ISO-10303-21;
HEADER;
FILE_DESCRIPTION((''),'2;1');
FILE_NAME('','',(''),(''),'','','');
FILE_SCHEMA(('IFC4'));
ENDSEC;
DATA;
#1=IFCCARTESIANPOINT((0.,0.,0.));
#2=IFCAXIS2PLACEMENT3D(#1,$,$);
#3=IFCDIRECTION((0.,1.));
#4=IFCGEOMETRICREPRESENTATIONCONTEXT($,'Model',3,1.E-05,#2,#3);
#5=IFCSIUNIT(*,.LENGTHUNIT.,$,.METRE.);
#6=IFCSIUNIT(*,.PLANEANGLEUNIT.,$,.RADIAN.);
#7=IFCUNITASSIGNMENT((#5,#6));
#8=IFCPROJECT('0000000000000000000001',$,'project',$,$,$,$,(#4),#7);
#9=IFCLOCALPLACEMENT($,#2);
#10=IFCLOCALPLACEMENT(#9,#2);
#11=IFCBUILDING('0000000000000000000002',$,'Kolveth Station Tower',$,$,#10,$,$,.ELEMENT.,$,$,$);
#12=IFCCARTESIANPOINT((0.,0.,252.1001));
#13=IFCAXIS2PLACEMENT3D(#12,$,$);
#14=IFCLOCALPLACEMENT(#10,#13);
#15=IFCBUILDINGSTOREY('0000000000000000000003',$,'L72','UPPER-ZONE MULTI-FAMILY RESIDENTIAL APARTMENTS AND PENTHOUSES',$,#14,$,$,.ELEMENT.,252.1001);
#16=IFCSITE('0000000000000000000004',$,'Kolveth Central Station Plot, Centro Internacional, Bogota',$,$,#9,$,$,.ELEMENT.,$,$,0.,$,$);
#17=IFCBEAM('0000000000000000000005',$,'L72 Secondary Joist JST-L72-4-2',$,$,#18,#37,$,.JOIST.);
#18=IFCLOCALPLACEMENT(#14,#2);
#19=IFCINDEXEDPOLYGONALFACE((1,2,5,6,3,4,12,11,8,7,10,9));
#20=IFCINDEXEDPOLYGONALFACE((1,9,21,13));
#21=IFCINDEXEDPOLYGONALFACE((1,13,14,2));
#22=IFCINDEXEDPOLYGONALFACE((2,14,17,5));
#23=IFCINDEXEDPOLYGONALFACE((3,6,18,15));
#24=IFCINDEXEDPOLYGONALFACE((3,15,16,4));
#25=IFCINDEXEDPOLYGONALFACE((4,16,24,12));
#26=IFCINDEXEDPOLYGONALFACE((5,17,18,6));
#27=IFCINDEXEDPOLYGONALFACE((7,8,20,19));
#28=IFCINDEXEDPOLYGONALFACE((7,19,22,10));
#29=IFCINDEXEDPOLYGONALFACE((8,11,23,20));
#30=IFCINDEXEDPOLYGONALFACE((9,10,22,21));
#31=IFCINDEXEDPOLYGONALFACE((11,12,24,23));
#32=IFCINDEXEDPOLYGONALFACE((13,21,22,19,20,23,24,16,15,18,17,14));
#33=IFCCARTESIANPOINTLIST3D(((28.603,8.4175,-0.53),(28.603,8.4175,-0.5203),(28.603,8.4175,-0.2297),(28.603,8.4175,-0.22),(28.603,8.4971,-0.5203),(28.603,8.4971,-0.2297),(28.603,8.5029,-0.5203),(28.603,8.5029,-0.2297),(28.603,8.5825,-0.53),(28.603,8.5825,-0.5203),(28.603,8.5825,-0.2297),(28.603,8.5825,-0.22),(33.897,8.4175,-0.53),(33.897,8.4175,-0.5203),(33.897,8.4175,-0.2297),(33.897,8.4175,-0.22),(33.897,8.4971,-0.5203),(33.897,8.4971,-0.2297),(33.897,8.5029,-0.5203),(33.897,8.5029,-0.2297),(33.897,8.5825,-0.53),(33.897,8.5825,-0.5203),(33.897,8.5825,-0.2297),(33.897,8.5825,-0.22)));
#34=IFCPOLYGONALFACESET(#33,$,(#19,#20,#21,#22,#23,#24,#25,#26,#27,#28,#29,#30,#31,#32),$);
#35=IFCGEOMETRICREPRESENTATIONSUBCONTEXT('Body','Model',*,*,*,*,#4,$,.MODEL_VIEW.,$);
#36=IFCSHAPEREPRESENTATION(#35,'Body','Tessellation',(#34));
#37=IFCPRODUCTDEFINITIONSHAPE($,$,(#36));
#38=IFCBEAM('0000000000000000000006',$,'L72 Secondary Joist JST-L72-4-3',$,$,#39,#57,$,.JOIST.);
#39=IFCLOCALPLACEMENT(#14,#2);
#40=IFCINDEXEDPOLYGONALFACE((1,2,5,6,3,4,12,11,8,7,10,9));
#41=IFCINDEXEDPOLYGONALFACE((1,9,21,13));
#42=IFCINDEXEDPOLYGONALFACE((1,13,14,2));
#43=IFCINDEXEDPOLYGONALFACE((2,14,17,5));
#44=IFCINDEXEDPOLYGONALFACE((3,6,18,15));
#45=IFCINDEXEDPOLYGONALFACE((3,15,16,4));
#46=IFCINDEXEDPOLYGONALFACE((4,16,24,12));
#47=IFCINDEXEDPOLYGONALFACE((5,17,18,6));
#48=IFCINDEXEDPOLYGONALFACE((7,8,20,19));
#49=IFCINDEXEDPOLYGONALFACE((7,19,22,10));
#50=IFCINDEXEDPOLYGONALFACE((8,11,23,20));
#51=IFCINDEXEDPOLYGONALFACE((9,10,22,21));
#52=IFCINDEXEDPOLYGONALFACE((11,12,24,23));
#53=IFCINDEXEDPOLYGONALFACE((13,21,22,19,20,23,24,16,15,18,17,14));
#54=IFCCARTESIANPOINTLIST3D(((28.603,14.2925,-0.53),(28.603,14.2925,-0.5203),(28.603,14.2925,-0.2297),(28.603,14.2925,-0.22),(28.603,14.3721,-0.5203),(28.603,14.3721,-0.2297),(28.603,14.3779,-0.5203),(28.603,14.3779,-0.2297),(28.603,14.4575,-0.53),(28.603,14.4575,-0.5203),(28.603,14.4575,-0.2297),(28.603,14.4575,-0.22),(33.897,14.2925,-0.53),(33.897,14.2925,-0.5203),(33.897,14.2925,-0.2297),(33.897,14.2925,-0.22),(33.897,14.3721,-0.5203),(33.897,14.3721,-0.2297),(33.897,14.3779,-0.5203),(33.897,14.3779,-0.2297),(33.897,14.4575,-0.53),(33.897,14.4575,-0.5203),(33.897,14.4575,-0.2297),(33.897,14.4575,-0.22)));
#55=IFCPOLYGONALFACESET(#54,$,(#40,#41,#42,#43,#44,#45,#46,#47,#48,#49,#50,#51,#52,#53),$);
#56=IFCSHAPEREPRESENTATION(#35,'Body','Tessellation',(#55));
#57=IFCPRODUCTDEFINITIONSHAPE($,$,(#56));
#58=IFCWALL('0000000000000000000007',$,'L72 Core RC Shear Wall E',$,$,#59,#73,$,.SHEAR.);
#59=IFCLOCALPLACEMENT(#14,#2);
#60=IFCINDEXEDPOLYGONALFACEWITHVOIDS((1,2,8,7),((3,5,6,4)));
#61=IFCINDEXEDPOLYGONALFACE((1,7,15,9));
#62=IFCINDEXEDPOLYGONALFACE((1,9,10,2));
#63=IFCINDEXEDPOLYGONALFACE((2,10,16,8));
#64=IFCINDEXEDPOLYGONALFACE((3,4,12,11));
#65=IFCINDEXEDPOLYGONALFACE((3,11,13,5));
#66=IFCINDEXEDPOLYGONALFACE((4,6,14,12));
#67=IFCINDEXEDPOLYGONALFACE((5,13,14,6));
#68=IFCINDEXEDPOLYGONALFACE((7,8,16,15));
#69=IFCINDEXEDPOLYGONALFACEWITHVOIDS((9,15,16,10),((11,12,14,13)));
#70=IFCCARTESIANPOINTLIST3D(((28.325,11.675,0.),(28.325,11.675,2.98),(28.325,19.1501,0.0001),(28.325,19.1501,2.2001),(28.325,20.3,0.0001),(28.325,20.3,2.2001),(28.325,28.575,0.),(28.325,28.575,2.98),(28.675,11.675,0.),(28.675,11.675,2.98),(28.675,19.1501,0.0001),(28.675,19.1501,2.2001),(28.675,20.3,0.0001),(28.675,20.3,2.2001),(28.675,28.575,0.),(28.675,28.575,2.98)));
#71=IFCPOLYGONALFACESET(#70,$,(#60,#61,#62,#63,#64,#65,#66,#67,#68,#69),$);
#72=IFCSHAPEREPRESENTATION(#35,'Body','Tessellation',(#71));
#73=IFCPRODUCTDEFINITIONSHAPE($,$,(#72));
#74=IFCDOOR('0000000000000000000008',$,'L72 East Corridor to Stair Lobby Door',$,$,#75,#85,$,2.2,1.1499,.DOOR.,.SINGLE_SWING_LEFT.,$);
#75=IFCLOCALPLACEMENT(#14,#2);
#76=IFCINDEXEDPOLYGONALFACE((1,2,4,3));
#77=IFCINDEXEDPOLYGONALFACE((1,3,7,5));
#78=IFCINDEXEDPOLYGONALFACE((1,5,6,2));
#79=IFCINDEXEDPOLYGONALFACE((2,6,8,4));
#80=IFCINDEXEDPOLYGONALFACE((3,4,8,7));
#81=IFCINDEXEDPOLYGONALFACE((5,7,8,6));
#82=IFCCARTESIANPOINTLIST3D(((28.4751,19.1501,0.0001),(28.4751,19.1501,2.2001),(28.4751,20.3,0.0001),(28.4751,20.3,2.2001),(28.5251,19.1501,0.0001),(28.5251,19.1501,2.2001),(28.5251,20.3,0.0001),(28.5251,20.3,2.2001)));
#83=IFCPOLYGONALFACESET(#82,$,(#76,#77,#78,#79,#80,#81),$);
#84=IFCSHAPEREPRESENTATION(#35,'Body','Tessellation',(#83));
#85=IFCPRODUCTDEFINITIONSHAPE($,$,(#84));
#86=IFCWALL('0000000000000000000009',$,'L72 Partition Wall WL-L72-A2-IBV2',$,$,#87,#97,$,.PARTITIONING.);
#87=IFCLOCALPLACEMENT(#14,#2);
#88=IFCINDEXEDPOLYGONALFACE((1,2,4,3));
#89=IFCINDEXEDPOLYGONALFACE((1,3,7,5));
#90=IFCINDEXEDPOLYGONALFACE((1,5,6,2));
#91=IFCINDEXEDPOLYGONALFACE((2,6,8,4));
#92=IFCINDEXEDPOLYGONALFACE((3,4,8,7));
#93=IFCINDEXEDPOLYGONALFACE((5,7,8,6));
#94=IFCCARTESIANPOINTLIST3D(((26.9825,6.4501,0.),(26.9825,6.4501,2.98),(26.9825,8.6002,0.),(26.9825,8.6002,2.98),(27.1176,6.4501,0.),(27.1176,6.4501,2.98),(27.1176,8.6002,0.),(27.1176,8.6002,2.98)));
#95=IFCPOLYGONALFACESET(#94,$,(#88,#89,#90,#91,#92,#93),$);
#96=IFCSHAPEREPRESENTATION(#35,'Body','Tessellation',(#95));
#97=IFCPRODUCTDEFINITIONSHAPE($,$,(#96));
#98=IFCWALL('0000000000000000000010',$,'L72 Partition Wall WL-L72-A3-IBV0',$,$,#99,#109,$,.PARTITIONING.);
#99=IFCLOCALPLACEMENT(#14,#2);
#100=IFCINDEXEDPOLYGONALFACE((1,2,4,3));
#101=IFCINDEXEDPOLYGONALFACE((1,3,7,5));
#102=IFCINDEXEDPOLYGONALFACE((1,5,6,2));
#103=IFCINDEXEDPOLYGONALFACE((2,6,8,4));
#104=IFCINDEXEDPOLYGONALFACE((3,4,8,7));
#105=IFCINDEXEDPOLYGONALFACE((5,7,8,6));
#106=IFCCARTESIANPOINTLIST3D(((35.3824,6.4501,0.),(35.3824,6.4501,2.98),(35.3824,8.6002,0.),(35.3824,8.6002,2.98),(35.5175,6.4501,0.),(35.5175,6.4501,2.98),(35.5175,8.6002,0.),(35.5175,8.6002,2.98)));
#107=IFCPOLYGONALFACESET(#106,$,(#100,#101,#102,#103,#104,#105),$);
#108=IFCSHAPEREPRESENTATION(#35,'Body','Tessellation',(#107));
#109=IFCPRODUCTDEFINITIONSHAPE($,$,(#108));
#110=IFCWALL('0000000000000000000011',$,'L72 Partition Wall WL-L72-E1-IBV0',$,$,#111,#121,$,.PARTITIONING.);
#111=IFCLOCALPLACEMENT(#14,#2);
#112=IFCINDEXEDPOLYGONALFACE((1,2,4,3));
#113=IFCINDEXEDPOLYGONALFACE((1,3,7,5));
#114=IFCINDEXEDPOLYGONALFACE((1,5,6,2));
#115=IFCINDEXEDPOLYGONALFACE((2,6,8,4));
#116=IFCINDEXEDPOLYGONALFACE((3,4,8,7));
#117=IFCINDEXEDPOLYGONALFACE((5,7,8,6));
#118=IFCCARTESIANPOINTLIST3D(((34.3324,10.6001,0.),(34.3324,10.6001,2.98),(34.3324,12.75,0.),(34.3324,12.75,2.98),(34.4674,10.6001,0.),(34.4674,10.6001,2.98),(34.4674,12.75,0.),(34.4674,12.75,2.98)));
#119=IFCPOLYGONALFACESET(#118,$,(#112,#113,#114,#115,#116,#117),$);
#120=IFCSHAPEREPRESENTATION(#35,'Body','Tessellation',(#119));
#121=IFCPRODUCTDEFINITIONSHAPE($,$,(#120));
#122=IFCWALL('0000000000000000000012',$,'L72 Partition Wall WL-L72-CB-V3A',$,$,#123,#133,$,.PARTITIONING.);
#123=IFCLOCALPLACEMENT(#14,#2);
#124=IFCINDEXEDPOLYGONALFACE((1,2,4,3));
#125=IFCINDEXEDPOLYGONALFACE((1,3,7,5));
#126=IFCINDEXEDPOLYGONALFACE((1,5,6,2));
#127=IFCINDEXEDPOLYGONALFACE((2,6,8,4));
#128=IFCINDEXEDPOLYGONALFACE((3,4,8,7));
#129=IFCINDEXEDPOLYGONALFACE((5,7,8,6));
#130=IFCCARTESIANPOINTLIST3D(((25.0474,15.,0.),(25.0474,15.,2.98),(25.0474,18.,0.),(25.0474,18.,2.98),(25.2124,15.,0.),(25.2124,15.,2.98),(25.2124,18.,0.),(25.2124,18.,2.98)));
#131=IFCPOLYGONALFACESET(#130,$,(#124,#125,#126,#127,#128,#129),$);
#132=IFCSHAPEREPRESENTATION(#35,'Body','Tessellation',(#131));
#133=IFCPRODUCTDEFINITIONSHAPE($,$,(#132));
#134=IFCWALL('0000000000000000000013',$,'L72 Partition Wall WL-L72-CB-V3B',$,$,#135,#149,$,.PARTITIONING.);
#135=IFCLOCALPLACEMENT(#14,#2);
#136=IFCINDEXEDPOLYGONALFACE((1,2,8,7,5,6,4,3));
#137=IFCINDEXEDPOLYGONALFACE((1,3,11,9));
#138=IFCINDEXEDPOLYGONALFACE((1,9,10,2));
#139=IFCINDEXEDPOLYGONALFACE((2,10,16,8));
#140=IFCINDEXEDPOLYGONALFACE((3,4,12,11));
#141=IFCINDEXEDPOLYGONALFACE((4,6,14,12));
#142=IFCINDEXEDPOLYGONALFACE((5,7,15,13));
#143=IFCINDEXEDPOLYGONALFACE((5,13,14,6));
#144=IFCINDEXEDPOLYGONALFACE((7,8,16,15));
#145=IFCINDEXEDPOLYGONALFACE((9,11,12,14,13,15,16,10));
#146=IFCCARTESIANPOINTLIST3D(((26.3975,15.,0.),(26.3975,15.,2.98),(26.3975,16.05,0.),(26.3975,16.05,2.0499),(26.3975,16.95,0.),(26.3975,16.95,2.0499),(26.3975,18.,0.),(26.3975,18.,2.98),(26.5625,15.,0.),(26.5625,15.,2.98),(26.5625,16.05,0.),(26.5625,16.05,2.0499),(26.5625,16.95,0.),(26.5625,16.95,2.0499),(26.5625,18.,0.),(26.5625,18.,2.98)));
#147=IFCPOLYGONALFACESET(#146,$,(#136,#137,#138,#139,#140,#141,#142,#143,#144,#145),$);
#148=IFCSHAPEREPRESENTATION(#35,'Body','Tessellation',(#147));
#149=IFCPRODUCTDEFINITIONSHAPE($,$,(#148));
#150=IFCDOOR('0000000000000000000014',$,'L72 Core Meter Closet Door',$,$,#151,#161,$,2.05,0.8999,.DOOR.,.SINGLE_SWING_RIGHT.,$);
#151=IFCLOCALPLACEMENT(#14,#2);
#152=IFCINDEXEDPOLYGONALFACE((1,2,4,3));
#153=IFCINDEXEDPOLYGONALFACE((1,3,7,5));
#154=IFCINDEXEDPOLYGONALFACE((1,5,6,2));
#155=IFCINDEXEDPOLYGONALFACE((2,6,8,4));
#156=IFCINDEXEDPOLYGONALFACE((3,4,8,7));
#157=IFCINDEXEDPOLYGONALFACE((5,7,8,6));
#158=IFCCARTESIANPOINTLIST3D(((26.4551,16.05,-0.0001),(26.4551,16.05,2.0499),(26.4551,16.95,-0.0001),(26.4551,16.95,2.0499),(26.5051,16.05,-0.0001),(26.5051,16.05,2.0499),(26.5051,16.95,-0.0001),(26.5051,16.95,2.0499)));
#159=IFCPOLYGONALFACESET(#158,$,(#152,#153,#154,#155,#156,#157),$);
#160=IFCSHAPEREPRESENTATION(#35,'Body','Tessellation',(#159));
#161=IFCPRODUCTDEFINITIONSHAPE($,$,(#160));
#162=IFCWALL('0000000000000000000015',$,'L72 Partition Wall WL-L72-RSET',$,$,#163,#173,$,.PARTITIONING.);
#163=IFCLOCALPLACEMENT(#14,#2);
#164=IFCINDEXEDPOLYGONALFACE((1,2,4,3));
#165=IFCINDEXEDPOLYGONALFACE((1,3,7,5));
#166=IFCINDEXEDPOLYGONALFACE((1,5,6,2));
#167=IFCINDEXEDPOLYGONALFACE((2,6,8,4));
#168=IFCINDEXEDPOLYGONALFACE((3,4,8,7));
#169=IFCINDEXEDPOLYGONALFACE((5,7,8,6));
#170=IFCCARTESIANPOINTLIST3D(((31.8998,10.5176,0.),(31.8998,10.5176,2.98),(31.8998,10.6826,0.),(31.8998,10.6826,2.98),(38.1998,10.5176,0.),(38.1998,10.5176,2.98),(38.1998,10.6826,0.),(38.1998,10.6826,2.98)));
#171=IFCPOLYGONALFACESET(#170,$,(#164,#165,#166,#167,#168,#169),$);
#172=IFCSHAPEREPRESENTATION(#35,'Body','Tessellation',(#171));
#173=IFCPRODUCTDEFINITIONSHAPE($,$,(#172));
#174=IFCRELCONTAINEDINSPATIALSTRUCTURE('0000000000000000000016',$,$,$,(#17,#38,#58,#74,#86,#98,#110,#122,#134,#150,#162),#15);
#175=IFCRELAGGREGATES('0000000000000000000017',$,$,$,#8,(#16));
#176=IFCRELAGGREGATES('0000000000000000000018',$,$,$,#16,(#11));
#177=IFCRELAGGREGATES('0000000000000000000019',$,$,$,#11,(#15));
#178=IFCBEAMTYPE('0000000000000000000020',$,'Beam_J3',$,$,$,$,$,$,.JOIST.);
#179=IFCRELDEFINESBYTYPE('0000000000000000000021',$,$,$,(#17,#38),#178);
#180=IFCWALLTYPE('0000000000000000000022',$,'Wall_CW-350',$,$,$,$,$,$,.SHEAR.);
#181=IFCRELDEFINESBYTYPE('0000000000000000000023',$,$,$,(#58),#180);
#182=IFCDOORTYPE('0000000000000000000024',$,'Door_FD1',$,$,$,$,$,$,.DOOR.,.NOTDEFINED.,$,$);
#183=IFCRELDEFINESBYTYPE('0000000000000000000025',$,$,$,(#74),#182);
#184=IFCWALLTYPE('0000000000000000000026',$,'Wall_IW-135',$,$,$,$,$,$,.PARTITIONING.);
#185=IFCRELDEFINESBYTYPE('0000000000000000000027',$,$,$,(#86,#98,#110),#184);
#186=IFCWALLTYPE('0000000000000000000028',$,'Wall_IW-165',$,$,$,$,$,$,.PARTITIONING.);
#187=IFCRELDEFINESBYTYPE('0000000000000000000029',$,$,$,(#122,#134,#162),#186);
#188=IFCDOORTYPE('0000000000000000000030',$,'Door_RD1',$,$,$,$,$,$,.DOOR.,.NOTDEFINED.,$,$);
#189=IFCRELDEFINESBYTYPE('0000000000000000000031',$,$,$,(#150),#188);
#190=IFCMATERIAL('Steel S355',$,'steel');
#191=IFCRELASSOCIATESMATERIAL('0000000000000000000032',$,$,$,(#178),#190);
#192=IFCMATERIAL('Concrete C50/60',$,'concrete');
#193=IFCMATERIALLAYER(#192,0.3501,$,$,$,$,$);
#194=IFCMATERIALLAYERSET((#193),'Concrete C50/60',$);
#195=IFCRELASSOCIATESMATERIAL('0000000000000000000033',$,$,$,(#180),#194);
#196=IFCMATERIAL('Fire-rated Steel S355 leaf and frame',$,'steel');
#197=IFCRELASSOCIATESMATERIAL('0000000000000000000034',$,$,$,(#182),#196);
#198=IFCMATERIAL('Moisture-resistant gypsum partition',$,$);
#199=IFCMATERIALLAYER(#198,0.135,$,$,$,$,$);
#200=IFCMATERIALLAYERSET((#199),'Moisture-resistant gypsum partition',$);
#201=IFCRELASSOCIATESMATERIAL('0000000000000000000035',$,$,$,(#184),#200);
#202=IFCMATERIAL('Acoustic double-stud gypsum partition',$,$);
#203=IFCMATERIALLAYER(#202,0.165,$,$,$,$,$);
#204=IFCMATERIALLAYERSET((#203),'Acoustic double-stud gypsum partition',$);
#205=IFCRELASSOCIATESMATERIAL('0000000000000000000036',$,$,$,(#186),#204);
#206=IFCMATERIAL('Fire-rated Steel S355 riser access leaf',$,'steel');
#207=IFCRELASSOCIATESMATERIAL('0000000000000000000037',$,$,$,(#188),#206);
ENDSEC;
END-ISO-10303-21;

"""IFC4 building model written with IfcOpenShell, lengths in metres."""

from ifc_helpers import new_model, si_unit, direction, frame, frame_2d, origin, origin_2d, place, context, subcontext, project, spatial, rectangle, i_section, extrude, source, transform, mapped, material, layer, layer_set, material_profile, profile_set, type_object, element, fill, save


model = new_model("IFC4")

# Units and contexts
model_context = context("Model", 3, precision=1e-05, world=origin(), true_north=direction((0.0, 1.0)))
body_context = subcontext(model_context, "Body", "Model", "MODEL_VIEW")
ifc_project = project(units=[si_unit("LENGTHUNIT", "METRE"), si_unit("PLANEANGLEUNIT", "RADIAN")], contexts=[model_context])

# Site, building, storey
site_placement = place(None, origin())
site = spatial("IfcSite", under=ifc_project, at=site_placement, Name="Kolveth Central Station Plot, Centro Internacional, Bogota", CompositionType="ELEMENT", RefElevation=0.0)
building_placement = place(site_placement, origin())
building = spatial("IfcBuilding", under=site, at=building_placement, Name="Kolveth Station Tower", CompositionType="ELEMENT")
storey_placement = place(building_placement, frame((0.0, 0.0, 252.1001)))
storey = spatial("IfcBuildingStorey", under=building, at=storey_placement, Name="L72", Description="UPPER-ZONE MULTI-FAMILY RESIDENTIAL APARTMENTS AND PENTHOUSES", CompositionType="ELEMENT", Elevation=252.1001)

# Shared definitions
ifc_material_1 = material(Name="Steel S355", Category="steel")

# Beams
ifc_material_profile_1 = material_profile(ifc_material_1, i_section(OverallWidth=0.165, OverallDepth=0.3101, WebThickness=0.0059, FlangeThickness=0.0098, at=origin_2d()), Name="W310x39")
ifc_profile_set_1 = profile_set([ifc_material_profile_1], Name="Steel S355")
beam_type_1 = type_object("IfcBeamType", Name="Beam_J3", PredefinedType="JOIST", material=ifc_profile_set_1)
shared_shape_1 = source(origin(), body_context, "Body", "SweptSolid", [
    extrude(i_section(OverallWidth=0.165, OverallDepth=0.3101, WebThickness=0.0059, FlangeThickness=0.0098, at=origin_2d()), origin(), (0.0, 0.0, 1.0), 5.2939),
])
for number, where, z_axis, x_axis, name in (
    (1, (28.603, 8.5, -0.375), (1.0, 0.0, 0.0), (0.0, 1.0, 0.0), "L72 Secondary Joist JST-L72-4-2"),
    (2, (28.603, 14.375, -0.375), (1.0, 0.0, 0.0), (0.0, 1.0, 0.0), "L72 Secondary Joist JST-L72-4-3"),
):
    element("IfcBeam", number, at=place(storey_placement, frame(where, z_axis=z_axis, x_axis=x_axis)), inside=storey, type_object=beam_type_1, Name=name, PredefinedType="JOIST", context=body_context, shape_type="MappedRepresentation", body=[
        mapped(shared_shape_1, transform((0.0, 0.0, 0.0), x_axis=(1.0, 0.0, 0.0), y_axis=(0.0, 1.0, 0.0), z_axis=(0.0, 0.0, 1.0), scale=1.0)),
    ])

# Wall, opening, door
ifc_material_2 = material(Name="Concrete C50/60", Category="concrete")
ifc_layer_1 = layer(ifc_material_2, 0.3501)
ifc_layer_set_1 = layer_set([ifc_layer_1], Name="Concrete C50/60")
wall_type_1 = type_object("IfcWallType", Name="Wall_CW-350", PredefinedType="SHEAR", material=ifc_layer_set_1)
wall_1_placement = place(storey_placement, frame((28.5, 11.675, 0.0), z_axis=(0.0, 0.0, 1.0), x_axis=(0.0, 1.0, 0.0)))
wall_1 = element("IfcWall", 3, at=wall_1_placement, inside=storey, type_object=wall_type_1, Name="L72 Core RC Shear Wall E", PredefinedType="SHEAR", context=body_context, shape_type="SweptSolid", body=[
    extrude(rectangle(XDim=16.8999, YDim=0.3501, at=frame_2d((8.45, 0.0))), origin(), (0.0, 0.0, 1.0), 2.98),
])
opening_1_placement = place(wall_1_placement, frame((7.4751, 0.0, 0.0)))
opening_1 = element("IfcOpeningElement", 4, at=opening_1_placement, cuts=wall_1, PredefinedType="OPENING", context=body_context, shape_type="SweptSolid", body=[
    extrude(rectangle(XDim=1.1499, YDim=2.2, at=frame_2d((0.575, 1.1001))), frame((0.0, 0.1851, 0.0), z_axis=(0.0, -1.0, 0.0), x_axis=(1.0, 0.0, 0.0)), (0.0, 0.0, 1.0), 0.3701),
])
ifc_material_3 = material(Name="Fire-rated Steel S355 leaf and frame", Category="steel")
door_type_1 = type_object("IfcDoorType", Name="Door_FD1", OperationType="NOTDEFINED", PredefinedType="DOOR", material=ifc_material_3)
door_1_placement = place(opening_1_placement, origin())
door_1 = element("IfcDoor", 5, at=door_1_placement, inside=storey, type_object=door_type_1, Name="L72 East Corridor to Stair Lobby Door", OperationType="SINGLE_SWING_LEFT", OverallHeight=2.2, OverallWidth=1.1499, PredefinedType="DOOR", context=body_context, shape_type="SweptSolid", body=[
    extrude(rectangle(XDim=1.1499, YDim=2.2, at=frame_2d((0.575, 1.1001))), frame((0.0, 0.0249, 0.0), z_axis=(0.0, -1.0, 0.0), x_axis=(1.0, 0.0, 0.0)), (0.0, 0.0, 1.0), 0.05),
])
fill(opening_1, door_1)

# Wall
ifc_material_4 = material(Name="Moisture-resistant gypsum partition")
ifc_layer_2 = layer(ifc_material_4, 0.135)
ifc_layer_set_2 = layer_set([ifc_layer_2], Name="Moisture-resistant gypsum partition")
wall_type_2 = type_object("IfcWallType", Name="Wall_IW-135", PredefinedType="PARTITIONING", material=ifc_layer_set_2)
wall_2_placement = place(storey_placement, frame((27.05, 6.45, 0.0), z_axis=(0.0, 0.0, 1.0), x_axis=(0.0, 1.0, 0.0)))
element("IfcWall", 6, at=wall_2_placement, inside=storey, type_object=wall_type_2, Name="L72 Partition Wall WL-L72-A2-IBV2", PredefinedType="PARTITIONING", context=body_context, shape_type="SweptSolid", body=[
    extrude(rectangle(XDim=2.1501, YDim=0.135, at=frame_2d((1.0752, 0.0))), origin(), (0.0, 0.0, 1.0), 2.98),
])

# Wall
wall_3_placement = place(storey_placement, frame((35.45, 6.45, 0.0), z_axis=(0.0, 0.0, 1.0), x_axis=(0.0, 1.0, 0.0)))
element("IfcWall", 7, at=wall_3_placement, inside=storey, type_object=wall_type_2, Name="L72 Partition Wall WL-L72-A3-IBV0", PredefinedType="PARTITIONING", context=body_context, shape_type="SweptSolid", body=[
    extrude(rectangle(XDim=2.1501, YDim=0.135, at=frame_2d((1.0752, 0.0))), origin(), (0.0, 0.0, 1.0), 2.98),
])

# Walls
wall_4_placement = place(storey_placement, frame((34.3999, 10.6001, 0.0), z_axis=(0.0, 0.0, 1.0), x_axis=(0.0, 1.0, 0.0)))
element("IfcWall", 8, at=wall_4_placement, inside=storey, type_object=wall_type_2, Name="L72 Partition Wall WL-L72-E1-IBV0", PredefinedType="PARTITIONING", context=body_context, shape_type="SweptSolid", body=[
    extrude(rectangle(XDim=2.1499, YDim=0.135, at=frame_2d((1.075, 0.0))), origin(), (0.0, 0.0, 1.0), 2.98),
])
ifc_material_5 = material(Name="Acoustic double-stud gypsum partition")
ifc_layer_3 = layer(ifc_material_5, 0.165)
ifc_layer_set_3 = layer_set([ifc_layer_3], Name="Acoustic double-stud gypsum partition")
wall_type_3 = type_object("IfcWallType", Name="Wall_IW-165", PredefinedType="PARTITIONING", material=ifc_layer_set_3)
wall_5_placement = place(storey_placement, frame((25.1299, 15.0, 0.0), z_axis=(0.0, 0.0, 1.0), x_axis=(0.0, 1.0, 0.0)))
element("IfcWall", 9, at=wall_5_placement, inside=storey, type_object=wall_type_3, Name="L72 Partition Wall WL-L72-CB-V3A", PredefinedType="PARTITIONING", context=body_context, shape_type="SweptSolid", body=[
    extrude(rectangle(XDim=3.0, YDim=0.165, at=frame_2d((1.5, 0.0))), origin(), (0.0, 0.0, 1.0), 2.98),
])

# Wall, opening, door
wall_6_placement = place(storey_placement, frame((26.48, 15.0, 0.0), z_axis=(0.0, 0.0, 1.0), x_axis=(0.0, 1.0, 0.0)))
wall_6 = element("IfcWall", 10, at=wall_6_placement, inside=storey, type_object=wall_type_3, Name="L72 Partition Wall WL-L72-CB-V3B", PredefinedType="PARTITIONING", context=body_context, shape_type="SweptSolid", body=[
    extrude(rectangle(XDim=3.0, YDim=0.165, at=frame_2d((1.5, 0.0))), origin(), (0.0, 0.0, 1.0), 2.98),
])
opening_2_placement = place(wall_6_placement, frame((1.05, 0.0, 0.0)))
opening_2 = element("IfcOpeningElement", 11, at=opening_2_placement, cuts=wall_6, PredefinedType="OPENING", context=body_context, shape_type="SweptSolid", body=[
    extrude(rectangle(XDim=0.8999, YDim=2.05, at=frame_2d((0.45, 1.0249))), frame((0.0, 0.0925, 0.0), z_axis=(0.0, -1.0, 0.0), x_axis=(1.0, 0.0, 0.0)), (0.0, 0.0, 1.0), 0.1851),
])
ifc_material_6 = material(Name="Fire-rated Steel S355 riser access leaf", Category="steel")
door_type_2 = type_object("IfcDoorType", Name="Door_RD1", OperationType="NOTDEFINED", PredefinedType="DOOR", material=ifc_material_6)
door_2_placement = place(opening_2_placement, origin())
door_2 = element("IfcDoor", 12, at=door_2_placement, inside=storey, type_object=door_type_2, Name="L72 Core Meter Closet Door", OperationType="SINGLE_SWING_RIGHT", OverallHeight=2.05, OverallWidth=0.8999, PredefinedType="DOOR", context=body_context, shape_type="SweptSolid", body=[
    extrude(rectangle(XDim=0.8999, YDim=2.05, at=frame_2d((0.45, 1.0249))), frame((0.0, 0.0249, 0.0), z_axis=(0.0, -1.0, 0.0), x_axis=(1.0, 0.0, 0.0)), (0.0, 0.0, 1.0), 0.05),
])
fill(opening_2, door_2)

# Wall
wall_7_placement = place(storey_placement, frame((31.8999, 10.6001, 0.0), z_axis=(0.0, 0.0, 1.0), x_axis=(1.0, 0.0, 0.0)))
element("IfcWall", 13, at=wall_7_placement, inside=storey, type_object=wall_type_3, Name="L72 Partition Wall WL-L72-RSET", PredefinedType="PARTITIONING", context=body_context, shape_type="SweptSolid", body=[
    extrude(rectangle(XDim=6.3, YDim=0.165, at=frame_2d((3.1499, 0.0))), origin(), (0.0, 0.0, 1.0), 2.98),
])

save(model, "model.ifc")
